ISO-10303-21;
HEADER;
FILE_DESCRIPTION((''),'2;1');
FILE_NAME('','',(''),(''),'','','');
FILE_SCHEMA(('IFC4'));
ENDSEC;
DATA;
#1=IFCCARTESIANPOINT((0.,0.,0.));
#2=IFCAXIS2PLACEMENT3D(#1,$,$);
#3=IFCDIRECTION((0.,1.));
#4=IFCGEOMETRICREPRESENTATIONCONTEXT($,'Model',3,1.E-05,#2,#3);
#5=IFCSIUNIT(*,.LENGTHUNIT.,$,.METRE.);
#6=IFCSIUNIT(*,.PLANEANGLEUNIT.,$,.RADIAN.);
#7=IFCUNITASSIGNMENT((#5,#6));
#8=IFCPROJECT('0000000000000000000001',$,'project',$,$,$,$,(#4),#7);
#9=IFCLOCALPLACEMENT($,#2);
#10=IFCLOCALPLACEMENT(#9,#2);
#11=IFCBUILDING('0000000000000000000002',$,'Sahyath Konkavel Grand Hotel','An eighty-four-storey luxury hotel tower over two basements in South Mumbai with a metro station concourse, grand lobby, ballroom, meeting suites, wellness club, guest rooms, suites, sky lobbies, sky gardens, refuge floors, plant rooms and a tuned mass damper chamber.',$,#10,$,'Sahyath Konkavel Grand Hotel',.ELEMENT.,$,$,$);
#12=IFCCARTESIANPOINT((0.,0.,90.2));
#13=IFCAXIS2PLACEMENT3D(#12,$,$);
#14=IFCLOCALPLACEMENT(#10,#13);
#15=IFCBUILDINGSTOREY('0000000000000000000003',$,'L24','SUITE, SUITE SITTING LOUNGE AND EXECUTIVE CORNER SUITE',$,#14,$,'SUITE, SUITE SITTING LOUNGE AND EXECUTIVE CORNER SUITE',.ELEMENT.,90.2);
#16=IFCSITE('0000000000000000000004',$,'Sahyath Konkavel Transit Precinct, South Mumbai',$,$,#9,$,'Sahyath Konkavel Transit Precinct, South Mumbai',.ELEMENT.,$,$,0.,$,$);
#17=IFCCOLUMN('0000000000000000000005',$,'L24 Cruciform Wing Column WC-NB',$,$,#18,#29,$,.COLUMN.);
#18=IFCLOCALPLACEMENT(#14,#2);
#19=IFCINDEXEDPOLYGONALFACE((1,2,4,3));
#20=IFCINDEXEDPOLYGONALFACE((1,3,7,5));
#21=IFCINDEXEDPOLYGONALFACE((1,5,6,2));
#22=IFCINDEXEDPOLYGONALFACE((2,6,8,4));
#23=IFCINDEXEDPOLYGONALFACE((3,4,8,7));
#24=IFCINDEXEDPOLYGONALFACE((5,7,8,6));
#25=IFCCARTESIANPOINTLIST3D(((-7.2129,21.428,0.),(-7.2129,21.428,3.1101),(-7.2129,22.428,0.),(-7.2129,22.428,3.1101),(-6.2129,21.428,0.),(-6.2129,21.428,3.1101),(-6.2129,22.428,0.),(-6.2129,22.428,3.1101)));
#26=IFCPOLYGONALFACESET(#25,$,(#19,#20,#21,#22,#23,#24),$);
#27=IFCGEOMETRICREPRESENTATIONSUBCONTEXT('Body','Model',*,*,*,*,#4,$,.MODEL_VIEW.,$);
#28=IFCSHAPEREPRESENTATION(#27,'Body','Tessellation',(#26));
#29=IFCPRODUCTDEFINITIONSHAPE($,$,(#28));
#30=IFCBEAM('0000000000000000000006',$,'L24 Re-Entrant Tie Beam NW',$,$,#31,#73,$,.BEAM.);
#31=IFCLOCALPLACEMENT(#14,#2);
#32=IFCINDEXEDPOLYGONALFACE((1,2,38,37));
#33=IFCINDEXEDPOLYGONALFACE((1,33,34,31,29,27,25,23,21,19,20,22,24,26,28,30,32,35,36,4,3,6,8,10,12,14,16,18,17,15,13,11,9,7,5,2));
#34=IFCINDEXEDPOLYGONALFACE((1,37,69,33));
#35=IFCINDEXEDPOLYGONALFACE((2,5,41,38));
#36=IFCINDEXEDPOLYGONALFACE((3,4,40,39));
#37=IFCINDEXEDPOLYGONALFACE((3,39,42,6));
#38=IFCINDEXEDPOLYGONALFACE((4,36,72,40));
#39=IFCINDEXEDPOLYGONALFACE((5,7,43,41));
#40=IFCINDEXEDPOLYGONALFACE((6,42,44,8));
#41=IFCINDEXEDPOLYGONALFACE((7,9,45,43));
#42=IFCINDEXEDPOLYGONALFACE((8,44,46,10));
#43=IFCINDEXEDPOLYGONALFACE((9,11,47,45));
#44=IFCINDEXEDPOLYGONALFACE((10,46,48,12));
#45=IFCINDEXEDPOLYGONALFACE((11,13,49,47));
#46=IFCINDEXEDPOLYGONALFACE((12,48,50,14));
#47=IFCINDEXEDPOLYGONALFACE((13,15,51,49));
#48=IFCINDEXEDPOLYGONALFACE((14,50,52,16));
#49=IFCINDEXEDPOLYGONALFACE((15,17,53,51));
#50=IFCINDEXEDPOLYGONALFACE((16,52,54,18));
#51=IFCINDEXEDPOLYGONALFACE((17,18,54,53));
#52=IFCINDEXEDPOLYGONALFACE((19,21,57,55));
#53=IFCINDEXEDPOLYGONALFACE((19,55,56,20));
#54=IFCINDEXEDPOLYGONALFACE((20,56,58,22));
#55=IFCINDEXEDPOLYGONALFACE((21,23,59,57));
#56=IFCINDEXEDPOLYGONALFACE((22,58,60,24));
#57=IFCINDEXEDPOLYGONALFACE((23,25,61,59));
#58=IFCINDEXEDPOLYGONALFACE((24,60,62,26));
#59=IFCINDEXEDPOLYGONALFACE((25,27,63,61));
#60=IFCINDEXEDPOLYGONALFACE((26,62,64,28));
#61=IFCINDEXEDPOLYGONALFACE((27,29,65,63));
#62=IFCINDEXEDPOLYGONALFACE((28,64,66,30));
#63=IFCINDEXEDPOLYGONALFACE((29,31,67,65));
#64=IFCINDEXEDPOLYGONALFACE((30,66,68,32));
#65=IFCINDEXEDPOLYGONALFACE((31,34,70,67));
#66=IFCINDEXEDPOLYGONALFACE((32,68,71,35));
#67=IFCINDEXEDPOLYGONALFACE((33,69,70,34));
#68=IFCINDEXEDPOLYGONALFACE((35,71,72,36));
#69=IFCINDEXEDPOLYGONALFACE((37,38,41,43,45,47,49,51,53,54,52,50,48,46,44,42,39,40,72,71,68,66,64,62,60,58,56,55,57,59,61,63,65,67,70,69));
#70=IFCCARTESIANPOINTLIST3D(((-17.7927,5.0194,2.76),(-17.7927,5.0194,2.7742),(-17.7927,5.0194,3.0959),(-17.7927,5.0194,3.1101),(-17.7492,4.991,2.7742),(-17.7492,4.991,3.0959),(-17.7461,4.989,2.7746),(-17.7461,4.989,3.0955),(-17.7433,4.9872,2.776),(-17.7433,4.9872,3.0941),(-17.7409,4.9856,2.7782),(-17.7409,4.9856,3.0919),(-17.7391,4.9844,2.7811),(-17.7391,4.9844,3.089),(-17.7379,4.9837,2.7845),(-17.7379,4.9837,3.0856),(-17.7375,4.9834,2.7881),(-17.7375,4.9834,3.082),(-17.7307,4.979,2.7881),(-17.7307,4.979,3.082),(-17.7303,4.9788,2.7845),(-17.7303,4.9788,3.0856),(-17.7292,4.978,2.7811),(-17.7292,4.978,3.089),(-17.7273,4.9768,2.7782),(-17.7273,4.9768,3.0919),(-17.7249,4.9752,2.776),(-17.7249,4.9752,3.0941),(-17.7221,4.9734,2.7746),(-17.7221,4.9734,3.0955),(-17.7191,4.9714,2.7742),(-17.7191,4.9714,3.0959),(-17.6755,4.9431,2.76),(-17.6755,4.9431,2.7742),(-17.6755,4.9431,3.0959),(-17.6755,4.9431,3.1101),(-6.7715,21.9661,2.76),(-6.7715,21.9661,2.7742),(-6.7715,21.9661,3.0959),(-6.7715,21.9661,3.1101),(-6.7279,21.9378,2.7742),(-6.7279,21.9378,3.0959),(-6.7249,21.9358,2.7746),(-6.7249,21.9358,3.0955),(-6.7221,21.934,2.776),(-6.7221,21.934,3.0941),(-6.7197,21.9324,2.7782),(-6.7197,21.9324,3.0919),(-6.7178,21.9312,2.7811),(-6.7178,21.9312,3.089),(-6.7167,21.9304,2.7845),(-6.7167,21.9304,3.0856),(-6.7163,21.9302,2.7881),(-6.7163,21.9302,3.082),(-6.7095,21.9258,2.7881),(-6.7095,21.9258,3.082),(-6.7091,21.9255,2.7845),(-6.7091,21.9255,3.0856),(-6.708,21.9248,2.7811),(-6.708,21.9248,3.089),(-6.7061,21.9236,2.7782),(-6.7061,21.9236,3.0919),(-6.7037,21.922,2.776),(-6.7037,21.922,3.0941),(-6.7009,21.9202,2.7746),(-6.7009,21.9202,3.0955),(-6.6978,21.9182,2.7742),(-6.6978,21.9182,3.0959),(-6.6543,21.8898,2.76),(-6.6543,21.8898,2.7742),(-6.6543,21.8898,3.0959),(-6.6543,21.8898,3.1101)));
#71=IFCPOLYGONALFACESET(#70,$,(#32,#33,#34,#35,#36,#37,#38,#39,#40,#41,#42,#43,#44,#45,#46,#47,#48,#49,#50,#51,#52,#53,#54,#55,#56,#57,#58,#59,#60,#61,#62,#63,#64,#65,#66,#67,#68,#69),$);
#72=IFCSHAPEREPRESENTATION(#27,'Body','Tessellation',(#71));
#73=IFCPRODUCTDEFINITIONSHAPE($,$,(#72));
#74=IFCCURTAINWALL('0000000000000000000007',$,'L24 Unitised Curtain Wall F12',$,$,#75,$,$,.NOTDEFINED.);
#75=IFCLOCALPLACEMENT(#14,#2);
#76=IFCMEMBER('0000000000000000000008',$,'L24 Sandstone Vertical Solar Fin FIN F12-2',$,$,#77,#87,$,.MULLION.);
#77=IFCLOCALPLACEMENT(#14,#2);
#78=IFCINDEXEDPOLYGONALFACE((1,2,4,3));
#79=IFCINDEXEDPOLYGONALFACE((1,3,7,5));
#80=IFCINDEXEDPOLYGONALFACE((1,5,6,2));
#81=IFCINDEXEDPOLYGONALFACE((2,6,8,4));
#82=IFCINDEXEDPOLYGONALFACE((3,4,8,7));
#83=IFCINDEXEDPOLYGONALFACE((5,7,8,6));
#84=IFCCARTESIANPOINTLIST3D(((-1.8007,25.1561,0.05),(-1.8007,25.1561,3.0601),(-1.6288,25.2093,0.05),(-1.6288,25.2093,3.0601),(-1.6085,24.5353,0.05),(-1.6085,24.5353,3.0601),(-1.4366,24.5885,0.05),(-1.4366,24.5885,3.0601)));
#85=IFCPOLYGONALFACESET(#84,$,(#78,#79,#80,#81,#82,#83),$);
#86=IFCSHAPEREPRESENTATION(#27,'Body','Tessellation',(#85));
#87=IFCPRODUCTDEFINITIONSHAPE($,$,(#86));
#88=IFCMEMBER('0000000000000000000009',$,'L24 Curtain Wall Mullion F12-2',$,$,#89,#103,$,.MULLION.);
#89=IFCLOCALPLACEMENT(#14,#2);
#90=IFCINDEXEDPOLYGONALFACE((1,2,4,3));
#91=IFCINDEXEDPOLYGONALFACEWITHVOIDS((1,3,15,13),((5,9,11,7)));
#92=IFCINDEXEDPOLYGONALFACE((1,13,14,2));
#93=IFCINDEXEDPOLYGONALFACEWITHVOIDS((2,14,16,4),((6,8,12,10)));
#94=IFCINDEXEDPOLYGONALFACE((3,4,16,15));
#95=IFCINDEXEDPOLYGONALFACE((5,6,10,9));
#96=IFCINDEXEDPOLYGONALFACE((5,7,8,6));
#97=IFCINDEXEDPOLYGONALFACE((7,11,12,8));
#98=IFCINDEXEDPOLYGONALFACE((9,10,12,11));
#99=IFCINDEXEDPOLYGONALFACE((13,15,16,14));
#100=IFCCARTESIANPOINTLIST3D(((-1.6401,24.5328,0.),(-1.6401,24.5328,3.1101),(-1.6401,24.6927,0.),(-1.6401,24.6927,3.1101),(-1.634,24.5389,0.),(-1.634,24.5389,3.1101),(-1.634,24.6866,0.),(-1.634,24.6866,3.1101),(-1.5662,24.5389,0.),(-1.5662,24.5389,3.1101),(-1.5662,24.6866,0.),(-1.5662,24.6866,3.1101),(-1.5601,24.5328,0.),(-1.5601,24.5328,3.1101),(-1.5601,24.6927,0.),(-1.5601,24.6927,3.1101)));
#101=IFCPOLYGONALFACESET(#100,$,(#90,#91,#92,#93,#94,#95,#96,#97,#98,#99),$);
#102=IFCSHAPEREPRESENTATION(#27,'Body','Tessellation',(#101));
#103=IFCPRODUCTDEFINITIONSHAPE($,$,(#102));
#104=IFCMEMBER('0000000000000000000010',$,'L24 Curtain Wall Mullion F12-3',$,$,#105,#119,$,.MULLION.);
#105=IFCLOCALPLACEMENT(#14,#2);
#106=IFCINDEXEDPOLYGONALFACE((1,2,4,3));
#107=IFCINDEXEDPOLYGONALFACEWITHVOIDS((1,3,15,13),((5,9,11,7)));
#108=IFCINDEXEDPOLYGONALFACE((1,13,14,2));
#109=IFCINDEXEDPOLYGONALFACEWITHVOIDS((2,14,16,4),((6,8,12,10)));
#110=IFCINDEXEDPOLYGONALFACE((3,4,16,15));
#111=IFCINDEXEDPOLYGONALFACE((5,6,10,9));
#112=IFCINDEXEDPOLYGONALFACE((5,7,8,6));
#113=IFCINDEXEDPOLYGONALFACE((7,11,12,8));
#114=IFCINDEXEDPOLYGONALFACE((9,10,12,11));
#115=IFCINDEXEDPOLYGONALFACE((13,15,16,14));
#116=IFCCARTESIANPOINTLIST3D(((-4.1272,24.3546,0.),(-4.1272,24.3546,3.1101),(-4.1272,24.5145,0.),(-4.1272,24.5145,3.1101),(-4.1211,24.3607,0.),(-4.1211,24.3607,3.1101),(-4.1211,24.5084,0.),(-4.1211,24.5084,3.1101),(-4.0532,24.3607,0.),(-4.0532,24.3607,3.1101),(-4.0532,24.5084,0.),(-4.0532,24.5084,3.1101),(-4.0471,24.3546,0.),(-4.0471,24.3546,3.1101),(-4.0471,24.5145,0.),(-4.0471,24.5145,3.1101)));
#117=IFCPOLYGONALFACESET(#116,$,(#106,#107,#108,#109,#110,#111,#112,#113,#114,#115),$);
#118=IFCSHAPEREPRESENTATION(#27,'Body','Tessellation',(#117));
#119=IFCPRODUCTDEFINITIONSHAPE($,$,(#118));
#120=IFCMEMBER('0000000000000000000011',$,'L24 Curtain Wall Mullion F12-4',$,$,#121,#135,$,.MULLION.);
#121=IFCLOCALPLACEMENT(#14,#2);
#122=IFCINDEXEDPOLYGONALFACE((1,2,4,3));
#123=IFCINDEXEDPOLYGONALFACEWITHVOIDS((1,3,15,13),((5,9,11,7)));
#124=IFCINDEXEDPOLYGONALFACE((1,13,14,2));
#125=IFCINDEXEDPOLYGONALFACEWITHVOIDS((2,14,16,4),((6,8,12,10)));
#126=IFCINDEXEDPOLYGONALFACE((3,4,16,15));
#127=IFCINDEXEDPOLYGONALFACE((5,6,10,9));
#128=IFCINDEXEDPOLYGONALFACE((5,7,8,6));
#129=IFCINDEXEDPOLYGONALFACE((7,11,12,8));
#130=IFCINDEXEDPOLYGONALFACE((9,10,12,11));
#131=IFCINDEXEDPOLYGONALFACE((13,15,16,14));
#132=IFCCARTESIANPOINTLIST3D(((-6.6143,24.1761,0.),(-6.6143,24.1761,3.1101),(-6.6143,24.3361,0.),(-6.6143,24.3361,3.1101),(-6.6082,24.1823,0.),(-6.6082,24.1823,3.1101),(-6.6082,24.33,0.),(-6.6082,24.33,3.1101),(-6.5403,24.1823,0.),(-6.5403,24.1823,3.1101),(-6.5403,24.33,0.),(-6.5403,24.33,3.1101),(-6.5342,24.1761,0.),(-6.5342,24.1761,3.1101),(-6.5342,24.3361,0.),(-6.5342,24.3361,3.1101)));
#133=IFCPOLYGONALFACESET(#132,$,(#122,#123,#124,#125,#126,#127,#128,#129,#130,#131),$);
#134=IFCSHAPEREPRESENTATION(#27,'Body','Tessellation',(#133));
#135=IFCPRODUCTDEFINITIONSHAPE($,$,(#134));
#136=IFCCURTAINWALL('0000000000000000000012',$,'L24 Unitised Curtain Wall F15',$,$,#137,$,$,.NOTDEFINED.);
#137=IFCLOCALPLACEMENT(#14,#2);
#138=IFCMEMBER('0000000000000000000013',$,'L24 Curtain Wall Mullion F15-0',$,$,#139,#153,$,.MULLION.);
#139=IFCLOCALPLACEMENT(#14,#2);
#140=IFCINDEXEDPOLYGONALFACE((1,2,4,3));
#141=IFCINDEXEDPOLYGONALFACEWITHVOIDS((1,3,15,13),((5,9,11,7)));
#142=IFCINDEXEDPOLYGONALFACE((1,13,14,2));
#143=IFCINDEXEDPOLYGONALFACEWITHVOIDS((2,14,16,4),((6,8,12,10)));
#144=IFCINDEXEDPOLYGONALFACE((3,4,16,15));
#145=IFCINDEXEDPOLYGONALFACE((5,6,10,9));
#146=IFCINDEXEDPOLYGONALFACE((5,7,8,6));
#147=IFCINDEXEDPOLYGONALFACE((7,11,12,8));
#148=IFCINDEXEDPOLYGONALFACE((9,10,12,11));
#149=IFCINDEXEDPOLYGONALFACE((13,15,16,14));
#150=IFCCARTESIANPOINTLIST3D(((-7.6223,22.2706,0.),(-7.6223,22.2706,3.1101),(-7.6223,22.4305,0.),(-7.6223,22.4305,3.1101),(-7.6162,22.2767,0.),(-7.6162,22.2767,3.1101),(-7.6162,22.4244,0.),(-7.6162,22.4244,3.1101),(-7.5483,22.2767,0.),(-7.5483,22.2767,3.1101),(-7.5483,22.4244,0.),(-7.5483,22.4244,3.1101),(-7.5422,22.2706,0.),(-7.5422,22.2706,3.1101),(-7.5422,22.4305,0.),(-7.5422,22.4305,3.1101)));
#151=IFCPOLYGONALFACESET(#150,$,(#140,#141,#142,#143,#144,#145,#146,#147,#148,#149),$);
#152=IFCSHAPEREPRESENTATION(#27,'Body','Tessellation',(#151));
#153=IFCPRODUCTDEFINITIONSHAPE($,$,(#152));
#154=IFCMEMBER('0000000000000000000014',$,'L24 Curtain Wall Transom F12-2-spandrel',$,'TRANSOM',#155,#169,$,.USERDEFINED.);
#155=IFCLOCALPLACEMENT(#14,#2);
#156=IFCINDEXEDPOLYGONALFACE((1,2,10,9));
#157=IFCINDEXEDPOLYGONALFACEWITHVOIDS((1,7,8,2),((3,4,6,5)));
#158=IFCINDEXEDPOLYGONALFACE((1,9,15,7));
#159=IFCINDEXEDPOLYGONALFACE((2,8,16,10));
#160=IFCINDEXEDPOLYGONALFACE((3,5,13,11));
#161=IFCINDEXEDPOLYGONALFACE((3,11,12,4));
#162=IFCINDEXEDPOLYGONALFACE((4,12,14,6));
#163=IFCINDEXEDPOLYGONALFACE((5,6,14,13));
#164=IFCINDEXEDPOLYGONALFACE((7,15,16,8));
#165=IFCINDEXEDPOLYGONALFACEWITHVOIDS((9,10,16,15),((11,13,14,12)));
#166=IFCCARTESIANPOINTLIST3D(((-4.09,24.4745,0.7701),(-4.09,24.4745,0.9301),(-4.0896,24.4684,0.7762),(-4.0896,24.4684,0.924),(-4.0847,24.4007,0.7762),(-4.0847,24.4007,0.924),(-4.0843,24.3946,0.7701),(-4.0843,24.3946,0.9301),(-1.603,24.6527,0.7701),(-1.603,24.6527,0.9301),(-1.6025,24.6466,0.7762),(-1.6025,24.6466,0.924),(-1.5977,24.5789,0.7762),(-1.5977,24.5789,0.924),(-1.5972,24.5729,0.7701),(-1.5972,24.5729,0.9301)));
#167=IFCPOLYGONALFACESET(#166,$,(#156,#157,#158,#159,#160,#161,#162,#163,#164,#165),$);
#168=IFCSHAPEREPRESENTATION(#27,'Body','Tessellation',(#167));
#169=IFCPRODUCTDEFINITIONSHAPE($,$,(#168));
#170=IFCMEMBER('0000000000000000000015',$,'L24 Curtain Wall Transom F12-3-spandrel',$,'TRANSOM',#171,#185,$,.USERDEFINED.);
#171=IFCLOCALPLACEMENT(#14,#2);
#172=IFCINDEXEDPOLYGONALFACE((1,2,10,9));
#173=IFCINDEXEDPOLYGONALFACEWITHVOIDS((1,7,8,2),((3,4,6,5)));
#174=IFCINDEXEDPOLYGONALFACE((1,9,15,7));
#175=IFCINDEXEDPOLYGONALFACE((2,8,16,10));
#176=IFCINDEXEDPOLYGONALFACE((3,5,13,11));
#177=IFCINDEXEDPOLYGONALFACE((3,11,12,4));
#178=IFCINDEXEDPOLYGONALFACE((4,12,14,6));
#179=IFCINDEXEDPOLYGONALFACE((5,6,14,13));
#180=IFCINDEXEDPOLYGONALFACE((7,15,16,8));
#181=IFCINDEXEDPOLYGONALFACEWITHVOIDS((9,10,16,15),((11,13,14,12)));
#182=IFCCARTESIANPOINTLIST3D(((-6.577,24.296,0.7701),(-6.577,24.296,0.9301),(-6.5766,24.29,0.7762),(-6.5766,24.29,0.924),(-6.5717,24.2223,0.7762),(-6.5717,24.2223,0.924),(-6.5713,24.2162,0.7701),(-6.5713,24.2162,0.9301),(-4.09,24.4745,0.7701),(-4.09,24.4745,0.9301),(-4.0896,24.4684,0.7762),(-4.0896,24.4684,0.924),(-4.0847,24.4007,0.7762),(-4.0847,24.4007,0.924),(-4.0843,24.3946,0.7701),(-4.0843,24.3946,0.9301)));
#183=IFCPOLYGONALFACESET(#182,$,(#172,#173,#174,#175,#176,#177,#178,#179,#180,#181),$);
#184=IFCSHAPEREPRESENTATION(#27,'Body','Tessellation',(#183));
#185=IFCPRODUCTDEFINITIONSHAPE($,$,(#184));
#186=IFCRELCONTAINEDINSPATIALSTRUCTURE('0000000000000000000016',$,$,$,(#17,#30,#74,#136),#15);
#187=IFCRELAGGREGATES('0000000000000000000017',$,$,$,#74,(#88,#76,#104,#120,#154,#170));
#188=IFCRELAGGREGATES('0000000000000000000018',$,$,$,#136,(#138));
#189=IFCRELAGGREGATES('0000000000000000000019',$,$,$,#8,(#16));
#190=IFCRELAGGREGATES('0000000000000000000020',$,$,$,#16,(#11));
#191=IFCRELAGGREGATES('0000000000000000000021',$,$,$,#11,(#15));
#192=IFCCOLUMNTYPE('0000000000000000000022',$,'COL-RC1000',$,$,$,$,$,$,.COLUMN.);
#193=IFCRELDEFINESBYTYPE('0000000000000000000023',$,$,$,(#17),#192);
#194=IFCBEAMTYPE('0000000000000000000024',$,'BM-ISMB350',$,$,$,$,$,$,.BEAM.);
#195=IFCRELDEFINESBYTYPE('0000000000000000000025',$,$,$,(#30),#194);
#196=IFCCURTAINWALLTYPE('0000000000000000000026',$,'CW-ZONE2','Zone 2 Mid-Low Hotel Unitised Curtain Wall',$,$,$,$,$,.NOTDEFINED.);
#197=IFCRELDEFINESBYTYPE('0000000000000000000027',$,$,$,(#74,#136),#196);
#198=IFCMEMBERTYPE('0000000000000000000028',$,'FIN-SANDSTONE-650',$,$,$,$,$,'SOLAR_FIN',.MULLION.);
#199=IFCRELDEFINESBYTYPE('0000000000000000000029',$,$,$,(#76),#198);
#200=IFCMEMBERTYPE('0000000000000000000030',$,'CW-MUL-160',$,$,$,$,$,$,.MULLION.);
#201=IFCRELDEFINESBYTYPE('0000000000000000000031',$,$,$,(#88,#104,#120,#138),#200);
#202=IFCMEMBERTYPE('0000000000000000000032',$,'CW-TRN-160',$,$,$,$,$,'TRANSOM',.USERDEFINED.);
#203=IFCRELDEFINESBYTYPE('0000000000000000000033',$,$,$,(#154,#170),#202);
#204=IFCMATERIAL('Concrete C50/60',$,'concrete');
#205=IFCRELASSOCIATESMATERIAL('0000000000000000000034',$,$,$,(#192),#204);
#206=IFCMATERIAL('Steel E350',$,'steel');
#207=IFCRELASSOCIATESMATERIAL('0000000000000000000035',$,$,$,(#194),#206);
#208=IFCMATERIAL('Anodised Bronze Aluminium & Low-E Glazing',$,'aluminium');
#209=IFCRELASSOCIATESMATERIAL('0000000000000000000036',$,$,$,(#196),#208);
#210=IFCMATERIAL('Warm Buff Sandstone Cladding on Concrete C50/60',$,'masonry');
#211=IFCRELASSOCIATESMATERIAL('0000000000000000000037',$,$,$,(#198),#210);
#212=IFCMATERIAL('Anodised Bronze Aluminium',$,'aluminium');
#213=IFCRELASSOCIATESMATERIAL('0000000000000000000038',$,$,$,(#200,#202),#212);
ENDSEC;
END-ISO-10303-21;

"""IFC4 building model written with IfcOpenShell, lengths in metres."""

from ifc_helpers import new_model, si_unit, direction, frame, origin, origin_2d, place, context, subcontext, project, spatial, rectangle, hollow_rectangle, i_section, extrude, source, transform, mapped, material, material_profile, profile_set, type_object, element, aggregate, save


model = new_model("IFC4")

# Units and contexts
model_context = context("Model", 3, precision=1e-05, world=origin(), true_north=direction((0.0, 1.0)))
body_context = subcontext(model_context, "Body", "Model", "MODEL_VIEW")
ifc_project = project(units=[si_unit("LENGTHUNIT", "METRE"), si_unit("PLANEANGLEUNIT", "RADIAN")], contexts=[model_context])

# Site, building, storey
site_placement = place(None, origin())
site = spatial("IfcSite", under=ifc_project, at=site_placement, Name="Sahyath Konkavel Transit Precinct, South Mumbai", LongName="Sahyath Konkavel Transit Precinct, South Mumbai", CompositionType="ELEMENT", RefElevation=0.0)
building_placement = place(site_placement, origin())
building = spatial("IfcBuilding", under=site, at=building_placement, Name="Sahyath Konkavel Grand Hotel", Description="An eighty-four-storey luxury hotel tower over two basements in South Mumbai with a metro station concourse, grand lobby, ballroom, meeting suites, wellness club, guest rooms, suites, sky lobbies, sky gardens, refuge floors, plant rooms and a tuned mass damper chamber.", LongName="Sahyath Konkavel Grand Hotel", CompositionType="ELEMENT")
storey_placement = place(building_placement, frame((0.0, 0.0, 90.2)))
storey = spatial("IfcBuildingStorey", under=building, at=storey_placement, Name="L24", Description="SUITE, SUITE SITTING LOUNGE AND EXECUTIVE CORNER SUITE", LongName="SUITE, SUITE SITTING LOUNGE AND EXECUTIVE CORNER SUITE", CompositionType="ELEMENT", Elevation=90.2)

# Column
ifc_material_1 = material(Name="Concrete C50/60", Category="concrete")
ifc_material_profile_1 = material_profile(ifc_material_1, rectangle(XDim=1.0, YDim=1.0, at=origin_2d()), Name="RC 1000x1000")
ifc_profile_set_1 = profile_set([ifc_material_profile_1], Name="Concrete C50/60")
column_type = type_object("IfcColumnType", Name="COL-RC1000", PredefinedType="COLUMN", material=ifc_profile_set_1)
shared_shape_1 = source(origin(), body_context, "Body", "SweptSolid", [
    extrude(rectangle(XDim=1.0, YDim=1.0, at=origin_2d()), origin(), (0.0, 0.0, 1.0), 3.1101),
])
column_placement = place(storey_placement, frame((-6.7129, 21.928, 0.0), z_axis=(0.0, 0.0, 1.0), x_axis=(1.0, 0.0, 0.0)))
element("IfcColumn", 1, at=column_placement, inside=storey, type_object=column_type, Name="L24 Cruciform Wing Column WC-NB", PredefinedType="COLUMN", context=body_context, shape_type="MappedRepresentation", body=[
    mapped(shared_shape_1, transform((0.0, 0.0, 0.0), scale=1.0)),
])

# Beam
ifc_material_2 = material(Name="Steel E350", Category="steel")
ifc_material_profile_2 = material_profile(ifc_material_2, i_section(OverallWidth=0.1399, OverallDepth=0.3501, WebThickness=0.0081, FlangeThickness=0.0142, FilletRadius=0.0139, at=origin_2d()), Name="ISMB 350")
ifc_profile_set_2 = profile_set([ifc_material_profile_2], Name="Steel E350")
beam_type_1 = type_object("IfcBeamType", Name="BM-ISMB350", PredefinedType="BEAM", material=ifc_profile_set_2)
shared_shape_2 = source(origin(), body_context, "Body", "SweptSolid", [
    extrude(i_section(OverallWidth=0.1399, OverallDepth=0.3501, WebThickness=0.0081, FlangeThickness=0.0142, FilletRadius=0.0139, at=origin_2d()), origin(), (0.0, 0.0, 1.0), 20.2153),
])
beam_1_placement = place(storey_placement, frame((-6.7129, 21.928, 2.9351), z_axis=(-0.545191, -0.838312, 0.0), x_axis=(0.838312, -0.545191, 0.0)))
element("IfcBeam", 2, at=beam_1_placement, inside=storey, type_object=beam_type_1, Name="L24 Re-Entrant Tie Beam NW", PredefinedType="BEAM", context=body_context, shape_type="MappedRepresentation", body=[
    mapped(shared_shape_2, transform((0.0, 0.0, 0.0), scale=1.0)),
])

# Curtain wall, members
ifc_material_3 = material(Name="Anodised Bronze Aluminium & Low-E Glazing", Category="aluminium")
curtain_wall_type = type_object("IfcCurtainWallType", Name="CW-ZONE2", Description="Zone 2 Mid-Low Hotel Unitised Curtain Wall", PredefinedType="NOTDEFINED", material=ifc_material_3)
curtain_wall_1_placement = place(storey_placement, origin())
curtain_wall_1 = element("IfcCurtainWall", 3, at=curtain_wall_1_placement, inside=storey, type_object=curtain_wall_type, Name="L24 Unitised Curtain Wall F12", PredefinedType="NOTDEFINED")
ifc_material_4 = material(Name="Warm Buff Sandstone Cladding on Concrete C50/60", Category="masonry")
ifc_material_profile_3 = material_profile(ifc_material_4, rectangle(XDim=0.1799, YDim=0.6499, at=origin_2d()), Name="FIN 180x650")
ifc_profile_set_3 = profile_set([ifc_material_profile_3], Name="Warm Buff Sandstone Cladding on Concrete C50/60")
member_type_1 = type_object("IfcMemberType", Name="FIN-SANDSTONE-650", ElementType="SOLAR_FIN", PredefinedType="MULLION", material=ifc_profile_set_3)
shared_shape_3 = source(origin(), body_context, "Body", "SweptSolid", [
    extrude(rectangle(XDim=0.1799, YDim=0.6499, at=origin_2d()), origin(), (0.0, 0.0, 1.0), 3.01),
])
member_1_placement = place(storey_placement, frame((-1.6187, 24.8723, 0.05), z_axis=(0.0, 0.0, 1.0), x_axis=(0.955278, 0.295708, 0.0)))
member_1 = element("IfcMember", 4, at=member_1_placement, type_object=member_type_1, Name="L24 Sandstone Vertical Solar Fin FIN F12-2", PredefinedType="MULLION", context=body_context, shape_type="MappedRepresentation", body=[
    mapped(shared_shape_3, transform((0.0, 0.0, 0.0), scale=1.0)),
])
ifc_material_5 = material(Name="Anodised Bronze Aluminium", Category="aluminium")
ifc_material_profile_4 = material_profile(ifc_material_5, hollow_rectangle(XDim=0.0801, YDim=0.1599, WallThickness=0.0061, at=origin_2d()), Name="RHS 160x80x6")
ifc_profile_set_4 = profile_set([ifc_material_profile_4], Name="Anodised Bronze Aluminium")
member_type_2 = type_object("IfcMemberType", Name="CW-MUL-160", PredefinedType="MULLION", material=ifc_profile_set_4)
shared_shape_4 = source(origin(), body_context, "Body", "SweptSolid", [
    extrude(hollow_rectangle(XDim=0.0801, YDim=0.1599, WallThickness=0.0061, at=origin_2d()), origin(), (0.0, 0.0, 1.0), 3.1101),
])
member_2_placement = place(storey_placement, frame((-1.6001, 24.6128, 0.0), z_axis=(0.0, 0.0, 1.0), x_axis=(1.0, 0.0, 0.0)))
member_2 = element("IfcMember", 5, at=member_2_placement, type_object=member_type_2, Name="L24 Curtain Wall Mullion F12-2", PredefinedType="MULLION", context=body_context, shape_type="MappedRepresentation", body=[
    mapped(shared_shape_4, transform((0.0, 0.0, 0.0), scale=1.0)),
])
member_3_placement = place(storey_placement, frame((-4.0872, 24.4346, 0.0), z_axis=(0.0, 0.0, 1.0), x_axis=(1.0, 0.0, 0.0)))
member_3 = element("IfcMember", 6, at=member_3_placement, type_object=member_type_2, Name="L24 Curtain Wall Mullion F12-3", PredefinedType="MULLION", context=body_context, shape_type="MappedRepresentation", body=[
    mapped(shared_shape_4, transform((0.0, 0.0, 0.0), scale=1.0)),
])
member_4_placement = place(storey_placement, frame((-6.5742, 24.2561, 0.0), z_axis=(0.0, 0.0, 1.0), x_axis=(1.0, 0.0, 0.0)))
member_4 = element("IfcMember", 7, at=member_4_placement, type_object=member_type_2, Name="L24 Curtain Wall Mullion F12-4", PredefinedType="MULLION", context=body_context, shape_type="MappedRepresentation", body=[
    mapped(shared_shape_4, transform((0.0, 0.0, 0.0), scale=1.0)),
])

# Curtain wall, member
curtain_wall_2_placement = place(storey_placement, origin())
curtain_wall_2 = element("IfcCurtainWall", 8, at=curtain_wall_2_placement, inside=storey, type_object=curtain_wall_type, Name="L24 Unitised Curtain Wall F15", PredefinedType="NOTDEFINED")
member_5_placement = place(storey_placement, frame((-7.5823, 22.3506, 0.0), z_axis=(0.0, 0.0, 1.0), x_axis=(1.0, 0.0, 0.0)))
member_5 = element("IfcMember", 9, at=member_5_placement, type_object=member_type_2, Name="L24 Curtain Wall Mullion F15-0", PredefinedType="MULLION", context=body_context, shape_type="MappedRepresentation", body=[
    mapped(shared_shape_4, transform((0.0, 0.0, 0.0), scale=1.0)),
])

# Members
ifc_material_profile_5 = material_profile(ifc_material_5, hollow_rectangle(XDim=0.0801, YDim=0.1599, WallThickness=0.0061, at=origin_2d()), Name="RHS 160x80x6")
ifc_profile_set_5 = profile_set([ifc_material_profile_5], Name="Anodised Bronze Aluminium")
member_type_3 = type_object("IfcMemberType", Name="CW-TRN-160", ElementType="TRANSOM", PredefinedType="USERDEFINED", material=ifc_profile_set_5)
shared_shape_5 = source(origin(), body_context, "Body", "SweptSolid", [
    extrude(hollow_rectangle(XDim=0.0801, YDim=0.1599, WallThickness=0.0061, at=origin_2d()), origin(), (0.0, 0.0, 1.0), 2.4934),
])
member_6_placement = place(storey_placement, frame((-1.6001, 24.6128, 0.8501), z_axis=(-0.997442, -0.071477, 0.0), x_axis=(0.071477, -0.997442, 0.0)))
member_6 = element("IfcMember", 10, at=member_6_placement, type_object=member_type_3, Name="L24 Curtain Wall Transom F12-2-spandrel", ObjectType="TRANSOM", PredefinedType="USERDEFINED", context=body_context, shape_type="MappedRepresentation", body=[
    mapped(shared_shape_5, transform((0.0, 0.0, 0.0), scale=1.0)),
])
member_7_placement = place(storey_placement, frame((-4.0872, 24.4346, 0.8501), z_axis=(-0.997435, -0.071574, 0.0), x_axis=(0.071574, -0.997435, 0.0)))
member_7 = element("IfcMember", 11, at=member_7_placement, type_object=member_type_3, Name="L24 Curtain Wall Transom F12-3-spandrel", ObjectType="TRANSOM", PredefinedType="USERDEFINED", context=body_context, shape_type="MappedRepresentation", body=[
    mapped(shared_shape_5, transform((0.0, 0.0, 0.0), scale=1.0)),
])

aggregate(curtain_wall_1, [member_2, member_1, member_3, member_4, member_6, member_7])
aggregate(curtain_wall_2, [member_5])

save(model, "model.ifc")
